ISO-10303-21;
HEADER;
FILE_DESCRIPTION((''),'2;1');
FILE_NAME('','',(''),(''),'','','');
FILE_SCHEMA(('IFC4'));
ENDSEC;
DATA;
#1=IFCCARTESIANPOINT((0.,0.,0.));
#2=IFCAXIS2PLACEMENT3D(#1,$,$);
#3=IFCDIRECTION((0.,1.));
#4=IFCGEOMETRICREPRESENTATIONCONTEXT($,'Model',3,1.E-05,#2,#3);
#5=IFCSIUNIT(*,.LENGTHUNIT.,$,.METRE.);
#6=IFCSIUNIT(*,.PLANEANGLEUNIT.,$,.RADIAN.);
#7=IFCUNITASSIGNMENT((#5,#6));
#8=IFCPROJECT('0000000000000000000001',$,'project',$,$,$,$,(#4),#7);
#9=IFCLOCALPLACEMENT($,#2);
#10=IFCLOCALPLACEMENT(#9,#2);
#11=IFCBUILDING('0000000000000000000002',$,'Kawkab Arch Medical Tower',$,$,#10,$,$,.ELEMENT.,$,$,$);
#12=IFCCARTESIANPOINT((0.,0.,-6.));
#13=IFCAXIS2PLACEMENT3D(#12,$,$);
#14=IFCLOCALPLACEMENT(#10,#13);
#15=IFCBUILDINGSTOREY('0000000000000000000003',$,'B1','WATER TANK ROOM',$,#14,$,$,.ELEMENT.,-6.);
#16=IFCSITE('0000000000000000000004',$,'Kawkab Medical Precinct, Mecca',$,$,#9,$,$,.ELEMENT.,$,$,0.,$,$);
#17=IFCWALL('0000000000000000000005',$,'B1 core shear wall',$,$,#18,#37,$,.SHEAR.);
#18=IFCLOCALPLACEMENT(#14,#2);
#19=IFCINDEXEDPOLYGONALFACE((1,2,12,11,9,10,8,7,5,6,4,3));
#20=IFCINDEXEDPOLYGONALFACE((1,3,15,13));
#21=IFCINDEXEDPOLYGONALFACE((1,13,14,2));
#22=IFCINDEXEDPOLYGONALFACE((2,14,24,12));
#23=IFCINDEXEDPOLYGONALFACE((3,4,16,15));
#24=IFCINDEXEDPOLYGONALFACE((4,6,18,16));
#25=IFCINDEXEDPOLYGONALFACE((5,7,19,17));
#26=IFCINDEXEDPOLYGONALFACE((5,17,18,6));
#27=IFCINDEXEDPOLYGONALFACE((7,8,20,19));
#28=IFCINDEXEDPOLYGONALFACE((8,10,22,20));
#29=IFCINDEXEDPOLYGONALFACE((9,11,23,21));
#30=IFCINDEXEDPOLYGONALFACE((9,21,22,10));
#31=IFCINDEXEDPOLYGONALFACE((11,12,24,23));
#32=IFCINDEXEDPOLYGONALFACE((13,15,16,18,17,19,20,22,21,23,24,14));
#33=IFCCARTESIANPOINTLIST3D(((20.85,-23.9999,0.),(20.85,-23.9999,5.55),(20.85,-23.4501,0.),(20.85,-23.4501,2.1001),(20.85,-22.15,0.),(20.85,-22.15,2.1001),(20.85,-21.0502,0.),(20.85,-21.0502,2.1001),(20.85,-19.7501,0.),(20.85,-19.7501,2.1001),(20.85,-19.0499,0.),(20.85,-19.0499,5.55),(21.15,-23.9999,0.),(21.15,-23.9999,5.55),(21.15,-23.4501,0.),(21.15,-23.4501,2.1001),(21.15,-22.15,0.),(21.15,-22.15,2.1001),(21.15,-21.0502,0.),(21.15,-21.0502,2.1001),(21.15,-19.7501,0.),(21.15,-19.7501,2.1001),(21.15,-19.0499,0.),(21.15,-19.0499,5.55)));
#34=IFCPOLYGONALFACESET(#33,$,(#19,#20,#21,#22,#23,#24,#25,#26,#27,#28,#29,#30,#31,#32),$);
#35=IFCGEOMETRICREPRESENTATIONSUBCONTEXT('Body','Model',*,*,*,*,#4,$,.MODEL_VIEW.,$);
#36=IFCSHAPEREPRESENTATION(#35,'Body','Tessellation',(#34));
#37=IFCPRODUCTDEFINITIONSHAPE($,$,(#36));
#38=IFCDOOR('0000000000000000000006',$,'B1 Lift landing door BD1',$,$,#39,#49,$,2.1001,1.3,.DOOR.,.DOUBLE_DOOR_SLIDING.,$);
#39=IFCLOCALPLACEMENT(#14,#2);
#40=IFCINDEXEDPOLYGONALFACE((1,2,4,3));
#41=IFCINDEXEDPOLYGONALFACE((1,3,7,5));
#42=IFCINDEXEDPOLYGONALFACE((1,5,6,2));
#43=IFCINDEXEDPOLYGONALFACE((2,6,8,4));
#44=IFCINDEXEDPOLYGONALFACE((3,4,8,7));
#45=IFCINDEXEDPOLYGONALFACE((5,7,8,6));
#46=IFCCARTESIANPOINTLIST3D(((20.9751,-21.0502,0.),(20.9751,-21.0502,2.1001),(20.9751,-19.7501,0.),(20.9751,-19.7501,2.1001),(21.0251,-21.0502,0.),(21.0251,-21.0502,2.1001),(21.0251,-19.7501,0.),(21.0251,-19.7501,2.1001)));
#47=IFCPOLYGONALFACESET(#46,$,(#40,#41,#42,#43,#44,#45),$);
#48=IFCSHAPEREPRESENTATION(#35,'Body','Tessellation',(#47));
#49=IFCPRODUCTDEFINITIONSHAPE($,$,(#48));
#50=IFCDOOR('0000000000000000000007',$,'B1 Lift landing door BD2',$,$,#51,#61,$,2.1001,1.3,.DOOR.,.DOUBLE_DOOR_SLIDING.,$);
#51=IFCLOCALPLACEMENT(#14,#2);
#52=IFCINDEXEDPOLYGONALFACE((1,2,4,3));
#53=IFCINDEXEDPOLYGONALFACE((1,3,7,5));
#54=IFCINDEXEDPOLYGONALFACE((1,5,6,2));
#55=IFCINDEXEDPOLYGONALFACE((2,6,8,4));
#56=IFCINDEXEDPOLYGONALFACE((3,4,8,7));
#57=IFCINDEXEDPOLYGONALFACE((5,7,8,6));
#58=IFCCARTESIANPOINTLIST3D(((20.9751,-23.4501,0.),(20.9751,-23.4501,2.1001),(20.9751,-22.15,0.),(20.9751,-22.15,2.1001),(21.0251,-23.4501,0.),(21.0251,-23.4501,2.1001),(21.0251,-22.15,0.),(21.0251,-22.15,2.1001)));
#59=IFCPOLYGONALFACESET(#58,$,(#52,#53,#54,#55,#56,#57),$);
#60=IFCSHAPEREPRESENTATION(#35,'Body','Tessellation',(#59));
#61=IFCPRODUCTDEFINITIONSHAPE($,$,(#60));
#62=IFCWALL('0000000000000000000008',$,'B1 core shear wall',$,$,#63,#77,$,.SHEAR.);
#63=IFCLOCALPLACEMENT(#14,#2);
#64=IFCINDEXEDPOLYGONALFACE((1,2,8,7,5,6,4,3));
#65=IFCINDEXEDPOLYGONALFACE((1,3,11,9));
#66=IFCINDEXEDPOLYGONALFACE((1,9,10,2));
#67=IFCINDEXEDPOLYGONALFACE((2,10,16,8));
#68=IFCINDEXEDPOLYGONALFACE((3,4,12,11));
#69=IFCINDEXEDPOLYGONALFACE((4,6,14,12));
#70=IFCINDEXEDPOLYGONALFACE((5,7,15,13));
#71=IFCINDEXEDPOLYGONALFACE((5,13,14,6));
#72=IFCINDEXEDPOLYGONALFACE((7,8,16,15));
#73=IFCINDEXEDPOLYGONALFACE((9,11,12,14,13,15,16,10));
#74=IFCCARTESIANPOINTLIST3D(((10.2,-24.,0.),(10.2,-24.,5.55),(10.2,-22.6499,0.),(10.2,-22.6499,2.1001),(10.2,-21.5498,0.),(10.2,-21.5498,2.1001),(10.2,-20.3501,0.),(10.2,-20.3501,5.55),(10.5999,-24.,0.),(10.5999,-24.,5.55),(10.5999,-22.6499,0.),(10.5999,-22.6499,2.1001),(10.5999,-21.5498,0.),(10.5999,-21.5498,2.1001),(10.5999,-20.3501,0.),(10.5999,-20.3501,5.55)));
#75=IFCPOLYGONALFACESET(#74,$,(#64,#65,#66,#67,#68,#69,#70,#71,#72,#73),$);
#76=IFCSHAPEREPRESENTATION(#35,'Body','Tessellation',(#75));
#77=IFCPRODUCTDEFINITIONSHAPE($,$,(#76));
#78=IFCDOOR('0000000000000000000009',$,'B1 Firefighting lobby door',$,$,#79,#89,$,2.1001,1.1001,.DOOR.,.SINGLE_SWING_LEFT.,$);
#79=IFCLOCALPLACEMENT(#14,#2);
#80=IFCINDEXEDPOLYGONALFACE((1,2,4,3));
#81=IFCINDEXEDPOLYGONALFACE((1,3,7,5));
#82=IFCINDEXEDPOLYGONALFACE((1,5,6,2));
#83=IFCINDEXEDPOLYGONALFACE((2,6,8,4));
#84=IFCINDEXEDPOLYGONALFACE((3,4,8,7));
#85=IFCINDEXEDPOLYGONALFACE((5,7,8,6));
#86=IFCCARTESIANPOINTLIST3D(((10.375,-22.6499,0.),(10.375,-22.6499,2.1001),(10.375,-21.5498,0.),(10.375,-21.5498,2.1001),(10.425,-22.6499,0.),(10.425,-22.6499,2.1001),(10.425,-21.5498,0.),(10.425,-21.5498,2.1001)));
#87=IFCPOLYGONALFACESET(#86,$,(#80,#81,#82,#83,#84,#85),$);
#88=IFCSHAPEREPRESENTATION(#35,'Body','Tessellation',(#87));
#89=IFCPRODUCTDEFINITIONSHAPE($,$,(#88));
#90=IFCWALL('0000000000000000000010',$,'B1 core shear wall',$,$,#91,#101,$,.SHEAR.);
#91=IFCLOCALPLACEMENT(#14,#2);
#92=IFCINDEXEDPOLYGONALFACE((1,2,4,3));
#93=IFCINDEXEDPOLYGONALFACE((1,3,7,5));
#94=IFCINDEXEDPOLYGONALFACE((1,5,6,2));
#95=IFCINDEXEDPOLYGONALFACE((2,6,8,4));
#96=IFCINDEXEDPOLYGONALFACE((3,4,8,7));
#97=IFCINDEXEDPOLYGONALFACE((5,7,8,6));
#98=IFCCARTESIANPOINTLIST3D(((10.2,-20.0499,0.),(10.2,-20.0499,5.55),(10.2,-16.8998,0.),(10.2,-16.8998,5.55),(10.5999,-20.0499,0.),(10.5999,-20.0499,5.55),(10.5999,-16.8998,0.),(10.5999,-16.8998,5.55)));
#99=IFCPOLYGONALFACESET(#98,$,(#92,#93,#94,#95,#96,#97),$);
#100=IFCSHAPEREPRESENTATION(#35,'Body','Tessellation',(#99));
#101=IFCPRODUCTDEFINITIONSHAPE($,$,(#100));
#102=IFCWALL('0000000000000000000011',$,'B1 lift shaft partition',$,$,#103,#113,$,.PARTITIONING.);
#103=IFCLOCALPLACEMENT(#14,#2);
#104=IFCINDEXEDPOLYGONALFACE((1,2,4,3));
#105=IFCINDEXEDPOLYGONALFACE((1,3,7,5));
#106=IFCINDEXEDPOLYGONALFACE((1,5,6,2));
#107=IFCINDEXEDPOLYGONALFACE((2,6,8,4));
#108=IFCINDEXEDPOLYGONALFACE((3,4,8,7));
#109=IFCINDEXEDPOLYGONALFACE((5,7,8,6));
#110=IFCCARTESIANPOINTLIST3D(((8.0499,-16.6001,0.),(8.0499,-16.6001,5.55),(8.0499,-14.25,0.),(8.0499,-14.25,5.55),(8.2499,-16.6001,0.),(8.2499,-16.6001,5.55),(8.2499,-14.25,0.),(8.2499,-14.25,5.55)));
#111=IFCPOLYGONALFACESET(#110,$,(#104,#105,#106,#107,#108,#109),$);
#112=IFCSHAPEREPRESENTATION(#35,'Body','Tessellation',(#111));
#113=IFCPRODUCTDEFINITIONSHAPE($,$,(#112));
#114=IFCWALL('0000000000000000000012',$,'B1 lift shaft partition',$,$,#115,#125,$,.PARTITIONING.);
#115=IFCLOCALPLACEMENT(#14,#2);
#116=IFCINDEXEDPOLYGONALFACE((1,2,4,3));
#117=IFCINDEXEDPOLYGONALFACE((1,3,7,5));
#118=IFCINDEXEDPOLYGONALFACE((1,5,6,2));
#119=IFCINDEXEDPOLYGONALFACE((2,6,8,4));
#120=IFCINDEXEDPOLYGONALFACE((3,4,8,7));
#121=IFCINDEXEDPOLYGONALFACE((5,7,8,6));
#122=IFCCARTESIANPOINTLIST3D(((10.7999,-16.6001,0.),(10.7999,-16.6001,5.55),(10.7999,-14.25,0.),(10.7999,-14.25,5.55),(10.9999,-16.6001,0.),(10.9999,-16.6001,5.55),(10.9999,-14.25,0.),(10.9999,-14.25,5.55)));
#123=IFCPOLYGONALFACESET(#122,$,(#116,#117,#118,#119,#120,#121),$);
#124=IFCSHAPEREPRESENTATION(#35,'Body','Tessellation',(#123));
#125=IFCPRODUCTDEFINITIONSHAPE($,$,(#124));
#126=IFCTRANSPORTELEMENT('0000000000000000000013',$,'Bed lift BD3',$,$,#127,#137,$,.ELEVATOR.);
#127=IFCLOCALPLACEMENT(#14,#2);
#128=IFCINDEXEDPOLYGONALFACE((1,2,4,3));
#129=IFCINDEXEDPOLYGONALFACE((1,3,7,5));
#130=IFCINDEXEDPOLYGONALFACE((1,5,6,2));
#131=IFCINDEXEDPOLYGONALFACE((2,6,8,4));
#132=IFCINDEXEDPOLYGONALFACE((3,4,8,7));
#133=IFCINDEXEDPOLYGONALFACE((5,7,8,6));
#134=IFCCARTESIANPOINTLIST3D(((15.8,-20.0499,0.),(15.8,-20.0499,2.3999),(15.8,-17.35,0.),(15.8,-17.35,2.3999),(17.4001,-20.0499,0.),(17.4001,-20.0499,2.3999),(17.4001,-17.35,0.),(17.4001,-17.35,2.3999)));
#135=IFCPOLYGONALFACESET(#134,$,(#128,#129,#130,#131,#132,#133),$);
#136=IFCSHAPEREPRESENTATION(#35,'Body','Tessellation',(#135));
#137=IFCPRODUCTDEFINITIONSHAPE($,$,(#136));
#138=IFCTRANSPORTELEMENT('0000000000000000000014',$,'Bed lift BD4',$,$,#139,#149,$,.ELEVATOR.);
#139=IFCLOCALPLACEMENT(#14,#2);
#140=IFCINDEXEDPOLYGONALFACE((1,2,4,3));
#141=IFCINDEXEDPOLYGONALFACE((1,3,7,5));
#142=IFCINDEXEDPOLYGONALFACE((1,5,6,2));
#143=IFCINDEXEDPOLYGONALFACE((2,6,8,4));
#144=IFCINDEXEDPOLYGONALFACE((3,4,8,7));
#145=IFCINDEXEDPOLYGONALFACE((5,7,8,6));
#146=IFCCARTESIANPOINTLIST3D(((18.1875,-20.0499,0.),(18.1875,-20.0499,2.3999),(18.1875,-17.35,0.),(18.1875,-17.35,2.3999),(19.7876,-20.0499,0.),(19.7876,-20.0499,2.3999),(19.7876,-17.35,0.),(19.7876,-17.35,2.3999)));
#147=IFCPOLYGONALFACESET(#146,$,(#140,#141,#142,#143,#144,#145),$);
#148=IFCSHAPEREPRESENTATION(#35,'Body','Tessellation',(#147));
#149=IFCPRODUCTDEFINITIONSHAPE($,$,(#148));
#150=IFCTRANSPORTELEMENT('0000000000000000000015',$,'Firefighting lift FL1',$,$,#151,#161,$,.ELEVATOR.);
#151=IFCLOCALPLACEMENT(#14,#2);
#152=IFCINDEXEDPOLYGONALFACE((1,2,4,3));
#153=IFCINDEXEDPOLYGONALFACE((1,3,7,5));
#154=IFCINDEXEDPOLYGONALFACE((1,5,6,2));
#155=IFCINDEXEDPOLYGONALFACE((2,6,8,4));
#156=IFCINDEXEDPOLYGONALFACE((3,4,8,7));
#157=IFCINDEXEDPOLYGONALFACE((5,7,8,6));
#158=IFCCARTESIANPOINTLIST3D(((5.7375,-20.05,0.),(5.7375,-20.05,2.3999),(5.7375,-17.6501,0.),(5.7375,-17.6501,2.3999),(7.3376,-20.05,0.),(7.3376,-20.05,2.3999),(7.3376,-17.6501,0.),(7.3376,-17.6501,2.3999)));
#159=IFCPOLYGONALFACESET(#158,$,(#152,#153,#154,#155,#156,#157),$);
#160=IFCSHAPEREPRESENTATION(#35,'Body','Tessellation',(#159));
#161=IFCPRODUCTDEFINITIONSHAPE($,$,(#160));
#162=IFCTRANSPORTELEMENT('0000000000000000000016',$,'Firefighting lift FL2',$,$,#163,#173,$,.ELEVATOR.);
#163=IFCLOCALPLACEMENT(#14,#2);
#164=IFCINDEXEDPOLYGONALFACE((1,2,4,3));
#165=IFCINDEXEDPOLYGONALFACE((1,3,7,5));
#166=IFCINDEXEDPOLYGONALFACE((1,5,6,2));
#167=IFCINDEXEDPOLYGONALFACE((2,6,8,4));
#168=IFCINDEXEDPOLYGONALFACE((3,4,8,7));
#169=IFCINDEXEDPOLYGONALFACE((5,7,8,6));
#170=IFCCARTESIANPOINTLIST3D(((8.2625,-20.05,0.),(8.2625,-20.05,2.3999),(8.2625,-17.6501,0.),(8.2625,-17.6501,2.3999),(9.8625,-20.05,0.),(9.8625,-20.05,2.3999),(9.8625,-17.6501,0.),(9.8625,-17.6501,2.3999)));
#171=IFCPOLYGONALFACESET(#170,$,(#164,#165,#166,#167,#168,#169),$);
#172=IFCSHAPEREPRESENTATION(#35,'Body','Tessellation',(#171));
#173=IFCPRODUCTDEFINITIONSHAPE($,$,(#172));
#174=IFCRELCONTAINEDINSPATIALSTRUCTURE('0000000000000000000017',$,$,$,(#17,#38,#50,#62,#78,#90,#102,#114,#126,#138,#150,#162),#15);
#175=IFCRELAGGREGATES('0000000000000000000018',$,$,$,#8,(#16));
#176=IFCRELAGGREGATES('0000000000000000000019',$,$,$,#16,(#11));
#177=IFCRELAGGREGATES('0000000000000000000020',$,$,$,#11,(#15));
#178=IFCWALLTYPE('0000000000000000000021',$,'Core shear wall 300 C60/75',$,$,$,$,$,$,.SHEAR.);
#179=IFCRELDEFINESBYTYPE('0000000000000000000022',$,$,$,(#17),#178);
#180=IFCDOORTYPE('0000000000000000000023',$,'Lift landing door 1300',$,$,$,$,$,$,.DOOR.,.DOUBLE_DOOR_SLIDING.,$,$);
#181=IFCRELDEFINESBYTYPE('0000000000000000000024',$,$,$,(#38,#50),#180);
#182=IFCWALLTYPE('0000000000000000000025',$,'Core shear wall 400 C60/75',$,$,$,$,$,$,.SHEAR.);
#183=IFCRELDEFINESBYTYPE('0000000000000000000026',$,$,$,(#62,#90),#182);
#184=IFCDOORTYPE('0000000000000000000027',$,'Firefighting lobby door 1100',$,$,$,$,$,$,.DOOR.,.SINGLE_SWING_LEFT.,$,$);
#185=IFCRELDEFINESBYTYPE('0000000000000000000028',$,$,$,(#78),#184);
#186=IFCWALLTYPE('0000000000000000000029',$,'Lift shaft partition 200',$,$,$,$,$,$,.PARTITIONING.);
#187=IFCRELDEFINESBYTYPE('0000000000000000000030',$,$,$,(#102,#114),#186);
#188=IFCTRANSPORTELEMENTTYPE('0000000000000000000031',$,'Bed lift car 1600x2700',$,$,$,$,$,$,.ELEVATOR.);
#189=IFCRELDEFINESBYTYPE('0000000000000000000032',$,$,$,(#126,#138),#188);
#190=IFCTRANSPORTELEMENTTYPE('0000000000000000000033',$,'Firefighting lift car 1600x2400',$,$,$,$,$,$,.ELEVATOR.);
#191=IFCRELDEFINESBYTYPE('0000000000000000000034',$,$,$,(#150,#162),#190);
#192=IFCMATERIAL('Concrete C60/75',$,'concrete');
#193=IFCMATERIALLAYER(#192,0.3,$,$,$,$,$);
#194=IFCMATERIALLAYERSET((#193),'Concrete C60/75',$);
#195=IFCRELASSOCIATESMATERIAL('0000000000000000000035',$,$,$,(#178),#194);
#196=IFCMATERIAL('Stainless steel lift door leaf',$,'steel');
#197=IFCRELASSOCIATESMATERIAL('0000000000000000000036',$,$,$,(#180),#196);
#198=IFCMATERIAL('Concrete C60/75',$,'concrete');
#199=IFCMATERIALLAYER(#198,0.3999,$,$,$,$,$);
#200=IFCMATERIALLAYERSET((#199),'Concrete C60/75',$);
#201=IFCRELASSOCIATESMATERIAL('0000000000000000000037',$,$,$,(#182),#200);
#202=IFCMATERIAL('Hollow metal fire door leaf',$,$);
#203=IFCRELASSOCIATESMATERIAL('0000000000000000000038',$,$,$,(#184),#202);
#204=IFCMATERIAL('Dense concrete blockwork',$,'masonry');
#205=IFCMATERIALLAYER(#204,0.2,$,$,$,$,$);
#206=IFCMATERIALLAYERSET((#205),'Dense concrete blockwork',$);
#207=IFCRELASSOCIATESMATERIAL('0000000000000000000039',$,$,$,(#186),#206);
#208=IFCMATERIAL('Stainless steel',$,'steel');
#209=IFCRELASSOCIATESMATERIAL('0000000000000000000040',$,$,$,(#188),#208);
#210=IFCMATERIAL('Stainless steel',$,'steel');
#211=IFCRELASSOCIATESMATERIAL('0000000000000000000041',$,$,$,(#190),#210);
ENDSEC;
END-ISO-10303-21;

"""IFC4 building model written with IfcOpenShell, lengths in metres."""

from ifc_helpers import new_model, si_unit, direction, frame, frame_2d, origin, origin_2d, place, context, subcontext, project, spatial, rectangle, extrude, material, layer, layer_set, type_object, element, fill, save


model = new_model("IFC4")

# Units and contexts
model_context = context("Model", 3, precision=1e-05, world=origin(), true_north=direction((0.0, 1.0)))
body_context = subcontext(model_context, "Body", "Model", "MODEL_VIEW")
ifc_project = project(units=[si_unit("LENGTHUNIT", "METRE"), si_unit("PLANEANGLEUNIT", "RADIAN")], contexts=[model_context])

# Site, building, storey
site_placement = place(None, origin())
site = spatial("IfcSite", under=ifc_project, at=site_placement, Name="Kawkab Medical Precinct, Mecca", CompositionType="ELEMENT", RefElevation=0.0)
building_placement = place(site_placement, origin())
building = spatial("IfcBuilding", under=site, at=building_placement, Name="Kawkab Arch Medical Tower", CompositionType="ELEMENT")
storey_placement = place(building_placement, frame((0.0, 0.0, -6.0)))
storey = spatial("IfcBuildingStorey", under=building, at=storey_placement, Name="B1", Description="WATER TANK ROOM", CompositionType="ELEMENT", Elevation=-6.0)

# Shared definitions
ifc_material_1 = material(Name="Concrete C60/75", Category="concrete")
ifc_layer_1 = layer(ifc_material_1, 0.3)
ifc_layer_set_1 = layer_set([ifc_layer_1], Name="Concrete C60/75")
wall_type_1 = type_object("IfcWallType", Name="Core shear wall 300 C60/75", PredefinedType="SHEAR", material=ifc_layer_set_1)

# Wall, openings, doors
wall_1_placement = place(storey_placement, frame((21.0, -24.0, 0.0), z_axis=(0.0, 0.0, 1.0), x_axis=(0.0, 1.0, 0.0)))
wall_1 = element("IfcWall", 1, at=wall_1_placement, inside=storey, type_object=wall_type_1, Name="B1 core shear wall", PredefinedType="SHEAR", context=body_context, shape_type="SweptSolid", body=[
    extrude(rectangle(XDim=4.95, YDim=0.3, at=frame_2d((2.4751, 0.0))), origin(), (0.0, 0.0, 1.0), 5.55),
])
opening_1_placement = place(wall_1_placement, frame((2.95, 0.0, 0.0)))
opening_1 = element("IfcOpeningElement", 2, at=opening_1_placement, cuts=wall_1, PredefinedType="OPENING", context=body_context, shape_type="SweptSolid", body=[
    extrude(rectangle(XDim=1.3, YDim=2.1001, at=frame_2d((0.6499, 1.05))), frame((0.0, 0.1599, 0.0), z_axis=(0.0, -1.0, 0.0), x_axis=(1.0, 0.0, 0.0)), (0.0, 0.0, 1.0), 0.3201),
])
opening_2_placement = place(wall_1_placement, frame((0.55, 0.0, 0.0)))
opening_2 = element("IfcOpeningElement", 3, at=opening_2_placement, cuts=wall_1, PredefinedType="OPENING", context=body_context, shape_type="SweptSolid", body=[
    extrude(rectangle(XDim=1.3, YDim=2.1001, at=frame_2d((0.6499, 1.05))), frame((0.0, 0.1599, 0.0), z_axis=(0.0, -1.0, 0.0), x_axis=(1.0, 0.0, 0.0)), (0.0, 0.0, 1.0), 0.3201),
])
ifc_material_2 = material(Name="Stainless steel lift door leaf", Category="steel")
door_type_1 = type_object("IfcDoorType", Name="Lift landing door 1300", OperationType="DOUBLE_DOOR_SLIDING", PredefinedType="DOOR", material=ifc_material_2)
door_1_placement = place(opening_1_placement, origin())
door_1 = element("IfcDoor", 4, at=door_1_placement, inside=storey, type_object=door_type_1, Name="B1 Lift landing door BD1", OperationType="DOUBLE_DOOR_SLIDING", OverallHeight=2.1001, OverallWidth=1.3, PredefinedType="DOOR", context=body_context, shape_type="SweptSolid", body=[
    extrude(rectangle(XDim=1.3, YDim=2.1001, at=frame_2d((0.6499, 1.05))), frame((0.0, 0.0249, 0.0), z_axis=(0.0, -1.0, 0.0), x_axis=(1.0, 0.0, 0.0)), (0.0, 0.0, 1.0), 0.05),
])
fill(opening_1, door_1)
door_2_placement = place(opening_2_placement, origin())
door_2 = element("IfcDoor", 5, at=door_2_placement, inside=storey, type_object=door_type_1, Name="B1 Lift landing door BD2", OperationType="DOUBLE_DOOR_SLIDING", OverallHeight=2.1001, OverallWidth=1.3, PredefinedType="DOOR", context=body_context, shape_type="SweptSolid", body=[
    extrude(rectangle(XDim=1.3, YDim=2.1001, at=frame_2d((0.6499, 1.05))), frame((0.0, 0.0249, 0.0), z_axis=(0.0, -1.0, 0.0), x_axis=(1.0, 0.0, 0.0)), (0.0, 0.0, 1.0), 0.05),
])
fill(opening_2, door_2)

# Wall, opening, door
ifc_material_3 = material(Name="Concrete C60/75", Category="concrete")
ifc_layer_2 = layer(ifc_material_3, 0.3999)
ifc_layer_set_2 = layer_set([ifc_layer_2], Name="Concrete C60/75")
wall_type_2 = type_object("IfcWallType", Name="Core shear wall 400 C60/75", PredefinedType="SHEAR", material=ifc_layer_set_2)
wall_2_placement = place(storey_placement, frame((10.3999, -24.0, 0.0), z_axis=(0.0, 0.0, 1.0), x_axis=(0.0, 1.0, 0.0)))
wall_2 = element("IfcWall", 6, at=wall_2_placement, inside=storey, type_object=wall_type_2, Name="B1 core shear wall", PredefinedType="SHEAR", context=body_context, shape_type="SweptSolid", body=[
    extrude(rectangle(XDim=3.6499, YDim=0.3999, at=frame_2d((1.825, 0.0))), origin(), (0.0, 0.0, 1.0), 5.55),
])
opening_3_placement = place(wall_2_placement, frame((1.3501, 0.0, 0.0)))
opening_3 = element("IfcOpeningElement", 7, at=opening_3_placement, cuts=wall_2, PredefinedType="OPENING", context=body_context, shape_type="SweptSolid", body=[
    extrude(rectangle(XDim=1.1001, YDim=2.1001, at=frame_2d((0.55, 1.05))), frame((0.0, 0.21, 0.0), z_axis=(0.0, -1.0, 0.0), x_axis=(1.0, 0.0, 0.0)), (0.0, 0.0, 1.0), 0.4199),
])
ifc_material_4 = material(Name="Hollow metal fire door leaf")
door_type_2 = type_object("IfcDoorType", Name="Firefighting lobby door 1100", OperationType="SINGLE_SWING_LEFT", PredefinedType="DOOR", material=ifc_material_4)
door_3_placement = place(opening_3_placement, origin())
door_3 = element("IfcDoor", 8, at=door_3_placement, inside=storey, type_object=door_type_2, Name="B1 Firefighting lobby door", OperationType="SINGLE_SWING_LEFT", OverallHeight=2.1001, OverallWidth=1.1001, PredefinedType="DOOR", context=body_context, shape_type="SweptSolid", body=[
    extrude(rectangle(XDim=1.1001, YDim=2.1001, at=frame_2d((0.55, 1.05))), frame((0.0, 0.0249, 0.0), z_axis=(0.0, -1.0, 0.0), x_axis=(1.0, 0.0, 0.0)), (0.0, 0.0, 1.0), 0.05),
])
fill(opening_3, door_3)

# Walls
wall_3_placement = place(storey_placement, frame((10.3999, -20.05, 0.0), z_axis=(0.0, 0.0, 1.0), x_axis=(0.0, 1.0, 0.0)))
element("IfcWall", 9, at=wall_3_placement, inside=storey, type_object=wall_type_2, Name="B1 core shear wall", PredefinedType="SHEAR", context=body_context, shape_type="SweptSolid", body=[
    extrude(rectangle(XDim=3.1501, YDim=0.3999, at=frame_2d((1.5752, 0.0))), origin(), (0.0, 0.0, 1.0), 5.55),
])
ifc_material_5 = material(Name="Dense concrete blockwork", Category="masonry")
ifc_layer_3 = layer(ifc_material_5, 0.2)
ifc_layer_set_3 = layer_set([ifc_layer_3], Name="Dense concrete blockwork")
wall_type_3 = type_object("IfcWallType", Name="Lift shaft partition 200", PredefinedType="PARTITIONING", material=ifc_layer_set_3)
for number, where, z_axis, x_axis, name in (
    (10, (8.1499, -16.6001, 0.0), (0.0, 0.0, 1.0), (0.0, 1.0, 0.0), "B1 lift shaft partition"),
    (11, (10.8999, -16.6001, 0.0), (0.0, 0.0, 1.0), (0.0, 1.0, 0.0), "B1 lift shaft partition"),
):
    element("IfcWall", number, at=place(storey_placement, frame(where, z_axis=z_axis, x_axis=x_axis)), inside=storey, type_object=wall_type_3, Name=name, PredefinedType="PARTITIONING", context=body_context, shape_type="SweptSolid", body=[
        extrude(rectangle(XDim=2.3501, YDim=0.2, at=frame_2d((1.175, 0.0))), origin(), (0.0, 0.0, 1.0), 5.55),
    ])

# Transport elements
ifc_material_6 = material(Name="Stainless steel", Category="steel")
transport_element_type_1 = type_object("IfcTransportElementType", Name="Bed lift car 1600x2700", PredefinedType="ELEVATOR", material=ifc_material_6)
for number, where, z_axis, x_axis, name in (
    (12, (16.6001, -18.7, 0.0), (0.0, 0.0, 1.0), (1.0, 0.0, 0.0), "Bed lift BD3"),
    (13, (18.9875, -18.7, 0.0), (0.0, 0.0, 1.0), (1.0, 0.0, 0.0), "Bed lift BD4"),
):
    element("IfcTransportElement", number, at=place(storey_placement, frame(where, z_axis=z_axis, x_axis=x_axis)), inside=storey, type_object=transport_element_type_1, Name=name, PredefinedType="ELEVATOR", context=body_context, shape_type="SweptSolid", body=[
        extrude(rectangle(XDim=1.6001, YDim=2.7, at=origin_2d()), origin(), (0.0, 0.0, 1.0), 2.3999),
    ])
ifc_material_7 = material(Name="Stainless steel", Category="steel")
transport_element_type_2 = type_object("IfcTransportElementType", Name="Firefighting lift car 1600x2400", PredefinedType="ELEVATOR", material=ifc_material_7)
for number, where, z_axis, x_axis, name in (
    (14, (6.5376, -18.8501, 0.0), (0.0, 0.0, 1.0), (1.0, 0.0, 0.0), "Firefighting lift FL1"),
    (15, (9.0625, -18.8501, 0.0), (0.0, 0.0, 1.0), (1.0, 0.0, 0.0), "Firefighting lift FL2"),
):
    element("IfcTransportElement", number, at=place(storey_placement, frame(where, z_axis=z_axis, x_axis=x_axis)), inside=storey, type_object=transport_element_type_2, Name=name, PredefinedType="ELEVATOR", context=body_context, shape_type="SweptSolid", body=[
        extrude(rectangle(XDim=1.6001, YDim=2.3999, at=origin_2d()), origin(), (0.0, 0.0, 1.0), 2.3999),
    ])

save(model, "model.ifc")
